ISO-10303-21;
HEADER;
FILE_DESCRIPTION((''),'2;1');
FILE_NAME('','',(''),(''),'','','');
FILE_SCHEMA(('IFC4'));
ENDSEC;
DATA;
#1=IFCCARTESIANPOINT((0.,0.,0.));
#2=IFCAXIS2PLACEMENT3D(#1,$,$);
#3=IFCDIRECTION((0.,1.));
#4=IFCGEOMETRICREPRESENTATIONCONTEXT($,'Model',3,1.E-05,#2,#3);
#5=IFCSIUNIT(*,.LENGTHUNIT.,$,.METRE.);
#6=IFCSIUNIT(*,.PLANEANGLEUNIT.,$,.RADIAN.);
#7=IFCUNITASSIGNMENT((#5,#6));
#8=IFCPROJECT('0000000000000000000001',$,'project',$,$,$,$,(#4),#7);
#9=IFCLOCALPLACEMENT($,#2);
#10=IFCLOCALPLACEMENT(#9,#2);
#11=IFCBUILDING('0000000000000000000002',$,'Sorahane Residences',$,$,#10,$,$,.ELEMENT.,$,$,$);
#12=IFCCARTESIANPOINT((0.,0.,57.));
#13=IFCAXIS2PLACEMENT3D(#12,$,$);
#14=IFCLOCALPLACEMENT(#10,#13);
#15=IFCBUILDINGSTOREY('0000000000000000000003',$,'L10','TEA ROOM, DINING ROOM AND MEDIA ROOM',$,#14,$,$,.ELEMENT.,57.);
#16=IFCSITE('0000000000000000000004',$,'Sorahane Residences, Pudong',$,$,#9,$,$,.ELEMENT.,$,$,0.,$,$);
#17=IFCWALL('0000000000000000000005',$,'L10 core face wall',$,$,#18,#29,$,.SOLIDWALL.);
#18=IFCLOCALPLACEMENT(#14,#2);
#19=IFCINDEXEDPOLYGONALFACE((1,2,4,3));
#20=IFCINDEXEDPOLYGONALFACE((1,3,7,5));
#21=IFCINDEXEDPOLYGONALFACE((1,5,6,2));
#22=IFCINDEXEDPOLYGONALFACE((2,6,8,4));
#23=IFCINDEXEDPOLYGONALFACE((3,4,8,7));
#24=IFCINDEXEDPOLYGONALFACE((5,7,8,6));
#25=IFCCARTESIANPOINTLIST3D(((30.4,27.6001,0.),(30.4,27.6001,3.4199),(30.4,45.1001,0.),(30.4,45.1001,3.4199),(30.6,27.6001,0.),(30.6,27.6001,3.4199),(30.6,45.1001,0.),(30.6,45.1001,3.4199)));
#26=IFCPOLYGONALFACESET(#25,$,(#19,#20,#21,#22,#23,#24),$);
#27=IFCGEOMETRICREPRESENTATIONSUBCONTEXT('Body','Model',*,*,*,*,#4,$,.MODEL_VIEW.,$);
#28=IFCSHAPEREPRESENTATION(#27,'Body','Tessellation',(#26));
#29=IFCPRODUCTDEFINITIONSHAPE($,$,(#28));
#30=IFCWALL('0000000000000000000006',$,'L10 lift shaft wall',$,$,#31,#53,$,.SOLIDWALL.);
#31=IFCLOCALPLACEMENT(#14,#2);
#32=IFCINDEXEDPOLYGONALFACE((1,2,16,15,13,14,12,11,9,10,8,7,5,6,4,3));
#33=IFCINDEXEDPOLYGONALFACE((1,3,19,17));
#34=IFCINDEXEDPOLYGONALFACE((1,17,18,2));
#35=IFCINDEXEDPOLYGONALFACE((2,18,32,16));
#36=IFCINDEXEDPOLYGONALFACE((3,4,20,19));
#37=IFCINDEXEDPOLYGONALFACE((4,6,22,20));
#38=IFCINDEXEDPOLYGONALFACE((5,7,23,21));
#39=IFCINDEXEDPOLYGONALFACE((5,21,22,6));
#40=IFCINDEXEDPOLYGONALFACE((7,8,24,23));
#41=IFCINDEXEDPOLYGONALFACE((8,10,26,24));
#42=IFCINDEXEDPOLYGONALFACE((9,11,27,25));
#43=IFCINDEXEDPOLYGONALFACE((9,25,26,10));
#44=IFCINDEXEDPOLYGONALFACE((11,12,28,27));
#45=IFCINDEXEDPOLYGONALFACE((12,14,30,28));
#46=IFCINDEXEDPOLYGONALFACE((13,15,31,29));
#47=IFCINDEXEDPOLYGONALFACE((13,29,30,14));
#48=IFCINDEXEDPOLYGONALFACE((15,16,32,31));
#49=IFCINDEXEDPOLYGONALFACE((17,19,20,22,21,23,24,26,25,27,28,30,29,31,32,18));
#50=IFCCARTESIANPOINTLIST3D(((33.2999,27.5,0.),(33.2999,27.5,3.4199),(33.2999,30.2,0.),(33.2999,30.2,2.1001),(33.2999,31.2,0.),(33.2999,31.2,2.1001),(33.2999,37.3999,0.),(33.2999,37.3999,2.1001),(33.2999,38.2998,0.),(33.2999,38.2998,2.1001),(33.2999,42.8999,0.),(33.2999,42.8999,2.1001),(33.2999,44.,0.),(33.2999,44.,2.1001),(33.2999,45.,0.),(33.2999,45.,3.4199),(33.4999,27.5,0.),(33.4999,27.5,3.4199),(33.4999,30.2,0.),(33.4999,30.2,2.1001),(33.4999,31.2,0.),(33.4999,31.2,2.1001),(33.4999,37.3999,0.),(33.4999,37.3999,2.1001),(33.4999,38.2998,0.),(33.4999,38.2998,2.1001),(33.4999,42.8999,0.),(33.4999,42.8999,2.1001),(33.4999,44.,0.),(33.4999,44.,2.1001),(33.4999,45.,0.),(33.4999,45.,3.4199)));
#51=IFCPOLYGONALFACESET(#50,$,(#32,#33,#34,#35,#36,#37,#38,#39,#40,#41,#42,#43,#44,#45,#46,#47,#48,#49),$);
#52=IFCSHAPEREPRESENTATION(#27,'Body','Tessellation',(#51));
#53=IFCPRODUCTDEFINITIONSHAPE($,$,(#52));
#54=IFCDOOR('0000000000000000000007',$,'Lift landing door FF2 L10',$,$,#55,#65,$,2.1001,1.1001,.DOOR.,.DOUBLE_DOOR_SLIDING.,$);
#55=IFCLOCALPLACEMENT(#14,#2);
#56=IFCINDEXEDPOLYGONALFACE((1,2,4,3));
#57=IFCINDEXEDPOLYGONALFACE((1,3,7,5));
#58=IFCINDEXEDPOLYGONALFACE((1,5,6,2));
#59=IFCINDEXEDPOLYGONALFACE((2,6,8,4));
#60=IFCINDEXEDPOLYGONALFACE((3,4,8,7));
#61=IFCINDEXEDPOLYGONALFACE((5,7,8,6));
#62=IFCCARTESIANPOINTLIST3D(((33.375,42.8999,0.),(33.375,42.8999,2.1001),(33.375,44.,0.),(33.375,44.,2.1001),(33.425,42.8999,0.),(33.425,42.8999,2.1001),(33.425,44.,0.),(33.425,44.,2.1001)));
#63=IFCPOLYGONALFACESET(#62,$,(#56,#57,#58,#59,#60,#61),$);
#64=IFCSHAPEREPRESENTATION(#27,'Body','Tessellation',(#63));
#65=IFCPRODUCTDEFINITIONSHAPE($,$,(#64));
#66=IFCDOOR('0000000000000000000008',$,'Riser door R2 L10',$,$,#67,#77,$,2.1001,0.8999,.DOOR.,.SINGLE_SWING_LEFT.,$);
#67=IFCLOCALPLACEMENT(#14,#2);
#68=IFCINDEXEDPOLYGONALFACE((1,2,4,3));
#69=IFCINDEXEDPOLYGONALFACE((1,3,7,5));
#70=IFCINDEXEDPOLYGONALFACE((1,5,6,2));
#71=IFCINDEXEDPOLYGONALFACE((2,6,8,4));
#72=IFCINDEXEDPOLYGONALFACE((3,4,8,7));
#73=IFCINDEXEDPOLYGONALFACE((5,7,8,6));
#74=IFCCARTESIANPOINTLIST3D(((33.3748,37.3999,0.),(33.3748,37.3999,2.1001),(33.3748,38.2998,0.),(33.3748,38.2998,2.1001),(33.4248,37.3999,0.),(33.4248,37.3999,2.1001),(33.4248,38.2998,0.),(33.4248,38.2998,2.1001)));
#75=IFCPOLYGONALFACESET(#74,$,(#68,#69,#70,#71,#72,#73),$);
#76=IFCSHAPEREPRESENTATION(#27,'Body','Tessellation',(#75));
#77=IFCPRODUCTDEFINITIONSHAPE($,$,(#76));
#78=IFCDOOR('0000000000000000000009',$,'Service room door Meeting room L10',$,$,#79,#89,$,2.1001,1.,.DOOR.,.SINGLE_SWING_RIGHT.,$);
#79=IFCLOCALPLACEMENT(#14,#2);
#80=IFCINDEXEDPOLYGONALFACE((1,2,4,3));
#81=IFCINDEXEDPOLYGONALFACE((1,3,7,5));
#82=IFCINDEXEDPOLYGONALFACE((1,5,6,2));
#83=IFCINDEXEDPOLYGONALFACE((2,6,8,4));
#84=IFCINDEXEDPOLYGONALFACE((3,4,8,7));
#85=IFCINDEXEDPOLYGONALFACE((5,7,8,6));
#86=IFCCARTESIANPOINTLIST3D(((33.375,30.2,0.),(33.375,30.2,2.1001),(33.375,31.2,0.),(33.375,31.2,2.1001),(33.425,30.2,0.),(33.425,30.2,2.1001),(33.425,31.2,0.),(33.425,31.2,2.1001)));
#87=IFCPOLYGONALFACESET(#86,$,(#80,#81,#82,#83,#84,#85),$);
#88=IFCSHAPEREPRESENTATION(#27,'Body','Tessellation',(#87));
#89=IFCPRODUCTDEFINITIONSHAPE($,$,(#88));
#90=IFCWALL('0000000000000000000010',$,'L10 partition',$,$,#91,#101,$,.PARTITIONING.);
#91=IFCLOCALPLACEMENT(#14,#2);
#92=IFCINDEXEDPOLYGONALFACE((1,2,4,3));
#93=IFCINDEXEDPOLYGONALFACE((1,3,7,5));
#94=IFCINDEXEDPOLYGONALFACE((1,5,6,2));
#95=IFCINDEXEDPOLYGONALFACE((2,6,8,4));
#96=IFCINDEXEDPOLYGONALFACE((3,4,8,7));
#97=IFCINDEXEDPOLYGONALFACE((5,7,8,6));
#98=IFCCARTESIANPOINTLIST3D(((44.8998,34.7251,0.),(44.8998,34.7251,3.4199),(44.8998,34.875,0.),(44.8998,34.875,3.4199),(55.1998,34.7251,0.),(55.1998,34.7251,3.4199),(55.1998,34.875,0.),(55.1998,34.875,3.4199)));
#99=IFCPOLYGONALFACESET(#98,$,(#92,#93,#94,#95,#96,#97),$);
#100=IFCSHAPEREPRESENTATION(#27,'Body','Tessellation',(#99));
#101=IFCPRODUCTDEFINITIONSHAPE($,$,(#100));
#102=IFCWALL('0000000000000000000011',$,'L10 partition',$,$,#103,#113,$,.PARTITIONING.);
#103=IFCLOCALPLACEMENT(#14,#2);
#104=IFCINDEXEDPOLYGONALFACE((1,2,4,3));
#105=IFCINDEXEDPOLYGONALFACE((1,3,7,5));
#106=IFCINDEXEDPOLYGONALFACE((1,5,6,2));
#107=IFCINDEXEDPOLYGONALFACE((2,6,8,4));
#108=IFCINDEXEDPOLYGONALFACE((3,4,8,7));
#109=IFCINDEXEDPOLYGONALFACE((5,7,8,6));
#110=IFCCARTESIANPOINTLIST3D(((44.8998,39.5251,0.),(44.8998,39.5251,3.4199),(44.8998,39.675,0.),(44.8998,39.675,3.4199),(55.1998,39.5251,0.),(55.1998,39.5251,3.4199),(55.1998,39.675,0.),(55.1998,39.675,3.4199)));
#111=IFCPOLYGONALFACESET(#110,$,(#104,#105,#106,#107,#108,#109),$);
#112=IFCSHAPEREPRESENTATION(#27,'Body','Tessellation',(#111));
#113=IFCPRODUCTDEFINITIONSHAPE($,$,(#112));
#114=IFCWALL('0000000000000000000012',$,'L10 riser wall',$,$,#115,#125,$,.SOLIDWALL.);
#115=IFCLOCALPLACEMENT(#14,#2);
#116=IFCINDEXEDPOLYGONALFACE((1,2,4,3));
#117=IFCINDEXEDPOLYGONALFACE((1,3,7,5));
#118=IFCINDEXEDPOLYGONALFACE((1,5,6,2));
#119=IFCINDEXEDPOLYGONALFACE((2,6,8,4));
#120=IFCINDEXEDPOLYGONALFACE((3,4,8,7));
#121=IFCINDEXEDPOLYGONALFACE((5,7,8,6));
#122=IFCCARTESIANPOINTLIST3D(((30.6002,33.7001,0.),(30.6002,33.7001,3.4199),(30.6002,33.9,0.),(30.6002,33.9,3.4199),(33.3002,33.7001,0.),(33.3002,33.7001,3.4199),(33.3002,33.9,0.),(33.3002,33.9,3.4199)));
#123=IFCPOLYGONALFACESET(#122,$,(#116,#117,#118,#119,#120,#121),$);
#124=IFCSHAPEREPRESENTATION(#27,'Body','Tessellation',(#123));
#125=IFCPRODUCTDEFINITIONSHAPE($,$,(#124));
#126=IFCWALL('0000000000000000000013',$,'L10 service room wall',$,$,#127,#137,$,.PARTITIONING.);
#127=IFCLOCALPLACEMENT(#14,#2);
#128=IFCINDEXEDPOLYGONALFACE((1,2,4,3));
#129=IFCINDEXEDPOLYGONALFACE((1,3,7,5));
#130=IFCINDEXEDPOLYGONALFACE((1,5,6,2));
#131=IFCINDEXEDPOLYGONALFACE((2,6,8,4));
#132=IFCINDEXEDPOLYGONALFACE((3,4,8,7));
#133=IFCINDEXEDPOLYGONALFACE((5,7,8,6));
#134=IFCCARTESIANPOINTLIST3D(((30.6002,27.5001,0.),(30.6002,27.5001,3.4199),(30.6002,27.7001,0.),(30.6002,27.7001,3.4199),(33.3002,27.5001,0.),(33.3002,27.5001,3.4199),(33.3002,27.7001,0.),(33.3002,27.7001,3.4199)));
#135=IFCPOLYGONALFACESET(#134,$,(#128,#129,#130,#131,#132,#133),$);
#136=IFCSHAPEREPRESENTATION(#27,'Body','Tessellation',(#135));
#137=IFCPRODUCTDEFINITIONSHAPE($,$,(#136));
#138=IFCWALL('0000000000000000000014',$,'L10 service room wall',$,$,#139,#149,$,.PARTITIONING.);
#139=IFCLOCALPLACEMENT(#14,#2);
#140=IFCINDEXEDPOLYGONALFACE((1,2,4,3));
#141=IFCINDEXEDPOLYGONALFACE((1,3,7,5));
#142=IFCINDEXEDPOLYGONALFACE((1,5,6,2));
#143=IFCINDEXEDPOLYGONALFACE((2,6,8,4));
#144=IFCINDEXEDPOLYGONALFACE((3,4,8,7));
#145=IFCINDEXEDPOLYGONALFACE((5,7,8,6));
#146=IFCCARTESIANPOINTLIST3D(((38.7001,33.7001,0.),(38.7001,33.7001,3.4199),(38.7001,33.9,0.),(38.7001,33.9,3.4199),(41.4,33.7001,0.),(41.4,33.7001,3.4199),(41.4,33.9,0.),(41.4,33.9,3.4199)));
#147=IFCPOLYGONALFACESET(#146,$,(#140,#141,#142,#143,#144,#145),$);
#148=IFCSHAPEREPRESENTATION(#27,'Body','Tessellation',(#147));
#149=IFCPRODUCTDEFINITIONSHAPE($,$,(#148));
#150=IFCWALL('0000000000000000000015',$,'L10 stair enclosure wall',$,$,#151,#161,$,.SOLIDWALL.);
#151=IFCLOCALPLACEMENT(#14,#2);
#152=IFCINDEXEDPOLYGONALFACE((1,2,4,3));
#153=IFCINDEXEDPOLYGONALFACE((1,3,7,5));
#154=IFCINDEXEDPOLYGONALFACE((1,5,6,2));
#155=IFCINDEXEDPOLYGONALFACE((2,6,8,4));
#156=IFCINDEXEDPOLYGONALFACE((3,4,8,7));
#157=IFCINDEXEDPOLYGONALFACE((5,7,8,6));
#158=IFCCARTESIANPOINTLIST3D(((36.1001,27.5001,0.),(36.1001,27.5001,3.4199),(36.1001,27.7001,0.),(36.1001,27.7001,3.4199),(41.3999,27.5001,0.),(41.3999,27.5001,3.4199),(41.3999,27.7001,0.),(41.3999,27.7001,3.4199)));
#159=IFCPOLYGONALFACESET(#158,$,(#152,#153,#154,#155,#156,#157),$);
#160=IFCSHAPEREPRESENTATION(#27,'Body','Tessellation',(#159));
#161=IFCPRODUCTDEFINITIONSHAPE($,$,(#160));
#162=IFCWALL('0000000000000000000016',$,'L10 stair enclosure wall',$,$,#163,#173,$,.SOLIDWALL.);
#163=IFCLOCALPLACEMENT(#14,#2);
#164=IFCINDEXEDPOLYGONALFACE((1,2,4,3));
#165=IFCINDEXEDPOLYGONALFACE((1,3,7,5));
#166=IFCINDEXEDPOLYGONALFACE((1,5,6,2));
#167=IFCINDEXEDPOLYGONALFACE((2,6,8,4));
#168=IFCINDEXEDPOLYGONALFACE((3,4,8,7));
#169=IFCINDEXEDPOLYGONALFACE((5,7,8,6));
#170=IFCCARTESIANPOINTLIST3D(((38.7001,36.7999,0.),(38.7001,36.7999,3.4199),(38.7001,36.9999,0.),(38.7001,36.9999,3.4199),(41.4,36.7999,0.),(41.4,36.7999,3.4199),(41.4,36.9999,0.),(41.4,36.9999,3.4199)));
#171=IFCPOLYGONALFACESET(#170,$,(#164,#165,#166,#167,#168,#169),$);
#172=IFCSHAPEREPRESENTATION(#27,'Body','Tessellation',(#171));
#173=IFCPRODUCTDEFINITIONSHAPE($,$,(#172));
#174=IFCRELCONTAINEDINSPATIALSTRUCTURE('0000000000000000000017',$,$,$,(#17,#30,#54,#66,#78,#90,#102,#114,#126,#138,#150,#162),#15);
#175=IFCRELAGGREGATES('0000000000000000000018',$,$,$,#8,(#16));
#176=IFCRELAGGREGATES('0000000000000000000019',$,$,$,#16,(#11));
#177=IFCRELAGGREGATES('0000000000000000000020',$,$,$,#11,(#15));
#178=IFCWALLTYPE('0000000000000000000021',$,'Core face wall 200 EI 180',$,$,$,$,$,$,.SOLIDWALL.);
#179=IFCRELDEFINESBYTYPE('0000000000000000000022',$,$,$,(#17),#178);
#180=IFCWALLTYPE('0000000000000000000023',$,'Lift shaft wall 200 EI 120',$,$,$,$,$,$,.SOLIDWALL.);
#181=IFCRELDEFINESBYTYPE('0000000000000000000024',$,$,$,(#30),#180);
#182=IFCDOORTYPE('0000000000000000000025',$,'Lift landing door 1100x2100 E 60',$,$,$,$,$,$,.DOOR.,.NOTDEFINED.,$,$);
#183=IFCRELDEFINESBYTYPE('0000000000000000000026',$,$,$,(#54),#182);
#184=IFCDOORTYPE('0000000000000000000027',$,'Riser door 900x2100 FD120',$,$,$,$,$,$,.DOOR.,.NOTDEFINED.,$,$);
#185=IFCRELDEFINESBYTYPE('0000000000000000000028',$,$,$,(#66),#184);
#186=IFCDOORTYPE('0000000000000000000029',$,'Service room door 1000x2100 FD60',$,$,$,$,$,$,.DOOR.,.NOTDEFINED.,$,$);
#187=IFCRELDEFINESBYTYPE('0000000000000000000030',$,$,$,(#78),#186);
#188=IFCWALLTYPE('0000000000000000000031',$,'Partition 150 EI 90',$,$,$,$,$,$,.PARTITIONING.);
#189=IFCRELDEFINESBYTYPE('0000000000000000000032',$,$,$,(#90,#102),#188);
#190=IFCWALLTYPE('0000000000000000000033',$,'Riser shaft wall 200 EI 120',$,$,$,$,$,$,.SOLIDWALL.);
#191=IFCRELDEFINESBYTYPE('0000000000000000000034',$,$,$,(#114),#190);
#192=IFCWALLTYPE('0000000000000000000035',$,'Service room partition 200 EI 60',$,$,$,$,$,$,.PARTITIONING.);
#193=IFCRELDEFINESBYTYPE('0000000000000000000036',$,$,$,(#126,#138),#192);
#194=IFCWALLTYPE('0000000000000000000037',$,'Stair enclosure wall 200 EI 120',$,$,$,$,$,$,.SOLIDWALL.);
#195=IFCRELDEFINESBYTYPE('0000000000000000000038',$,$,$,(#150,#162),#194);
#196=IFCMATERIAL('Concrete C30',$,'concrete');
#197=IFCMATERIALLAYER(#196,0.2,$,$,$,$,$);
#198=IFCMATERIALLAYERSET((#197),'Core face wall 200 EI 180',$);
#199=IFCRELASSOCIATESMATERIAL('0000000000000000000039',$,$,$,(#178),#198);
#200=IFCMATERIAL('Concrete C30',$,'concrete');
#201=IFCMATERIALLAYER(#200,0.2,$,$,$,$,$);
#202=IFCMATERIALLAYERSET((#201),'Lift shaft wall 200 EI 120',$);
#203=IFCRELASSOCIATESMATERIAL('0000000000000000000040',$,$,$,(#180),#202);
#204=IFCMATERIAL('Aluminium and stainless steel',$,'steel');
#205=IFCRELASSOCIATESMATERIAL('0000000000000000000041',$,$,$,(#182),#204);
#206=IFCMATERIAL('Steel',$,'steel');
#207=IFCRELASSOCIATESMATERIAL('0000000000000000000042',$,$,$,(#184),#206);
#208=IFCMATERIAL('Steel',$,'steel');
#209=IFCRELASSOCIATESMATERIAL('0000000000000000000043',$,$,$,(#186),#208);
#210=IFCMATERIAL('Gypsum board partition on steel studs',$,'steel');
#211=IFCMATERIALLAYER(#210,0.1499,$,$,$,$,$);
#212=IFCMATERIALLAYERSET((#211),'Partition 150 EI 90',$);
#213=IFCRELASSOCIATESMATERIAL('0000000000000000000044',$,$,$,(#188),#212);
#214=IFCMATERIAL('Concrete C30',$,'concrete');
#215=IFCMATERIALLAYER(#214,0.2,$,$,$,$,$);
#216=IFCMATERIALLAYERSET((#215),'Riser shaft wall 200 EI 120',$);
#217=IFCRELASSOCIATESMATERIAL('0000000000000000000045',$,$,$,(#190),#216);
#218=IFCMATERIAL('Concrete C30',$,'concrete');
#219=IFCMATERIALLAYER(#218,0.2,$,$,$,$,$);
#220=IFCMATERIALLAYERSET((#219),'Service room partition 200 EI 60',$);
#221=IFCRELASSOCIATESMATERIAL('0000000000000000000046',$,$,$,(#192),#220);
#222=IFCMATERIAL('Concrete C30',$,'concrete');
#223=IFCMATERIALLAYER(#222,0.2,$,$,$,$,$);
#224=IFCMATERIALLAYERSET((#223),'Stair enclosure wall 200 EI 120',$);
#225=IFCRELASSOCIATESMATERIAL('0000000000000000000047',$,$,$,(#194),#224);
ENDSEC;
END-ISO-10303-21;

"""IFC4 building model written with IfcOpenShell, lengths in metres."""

from ifc_helpers import new_model, si_unit, direction, frame, frame_2d, origin, place, context, subcontext, project, spatial, rectangle, extrude, material, layer, layer_set, type_object, element, fill, save


model = new_model("IFC4")

# Units and contexts
model_context = context("Model", 3, precision=1e-05, world=origin(), true_north=direction((0.0, 1.0)))
body_context = subcontext(model_context, "Body", "Model", "MODEL_VIEW")
ifc_project = project(units=[si_unit("LENGTHUNIT", "METRE"), si_unit("PLANEANGLEUNIT", "RADIAN")], contexts=[model_context])

# Site, building, storey
site_placement = place(None, origin())
site = spatial("IfcSite", under=ifc_project, at=site_placement, Name="Sorahane Residences, Pudong", CompositionType="ELEMENT", RefElevation=0.0)
building_placement = place(site_placement, origin())
building = spatial("IfcBuilding", under=site, at=building_placement, Name="Sorahane Residences", CompositionType="ELEMENT")
storey_placement = place(building_placement, frame((0.0, 0.0, 57.0)))
storey = spatial("IfcBuildingStorey", under=building, at=storey_placement, Name="L10", Description="TEA ROOM, DINING ROOM AND MEDIA ROOM", CompositionType="ELEMENT", Elevation=57.0)

# Wall
ifc_material_1 = material(Name="Concrete C30", Category="concrete")
ifc_layer_1 = layer(ifc_material_1, 0.2)
ifc_layer_set_1 = layer_set([ifc_layer_1], Name="Core face wall 200 EI 180")
wall_type_1 = type_object("IfcWallType", Name="Core face wall 200 EI 180", PredefinedType="SOLIDWALL", material=ifc_layer_set_1)
wall_1_placement = place(storey_placement, frame((30.5, 27.6001, 0.0), z_axis=(0.0, 0.0, 1.0), x_axis=(0.0, 1.0, 0.0)))
element("IfcWall", 1, at=wall_1_placement, inside=storey, type_object=wall_type_1, Name="L10 core face wall", PredefinedType="SOLIDWALL", context=body_context, shape_type="SweptSolid", body=[
    extrude(rectangle(XDim=17.5, YDim=0.2, at=frame_2d((8.75, 0.0))), origin(), (0.0, 0.0, 1.0), 3.4199),
])

# Wall, openings, doors
ifc_material_2 = material(Name="Concrete C30", Category="concrete")
ifc_layer_2 = layer(ifc_material_2, 0.2)
ifc_layer_set_2 = layer_set([ifc_layer_2], Name="Lift shaft wall 200 EI 120")
wall_type_2 = type_object("IfcWallType", Name="Lift shaft wall 200 EI 120", PredefinedType="SOLIDWALL", material=ifc_layer_set_2)
wall_2_placement = place(storey_placement, frame((33.3999, 27.5, 0.0), z_axis=(0.0, 0.0, 1.0), x_axis=(0.0, 1.0, 0.0)))
wall_2 = element("IfcWall", 2, at=wall_2_placement, inside=storey, type_object=wall_type_2, Name="L10 lift shaft wall", PredefinedType="SOLIDWALL", context=body_context, shape_type="SweptSolid", body=[
    extrude(rectangle(XDim=17.5, YDim=0.2, at=frame_2d((8.75, 0.0))), origin(), (0.0, 0.0, 1.0), 3.4199),
])
opening_1_placement = place(wall_2_placement, frame((15.3999, 0.0, 0.0)))
opening_1 = element("IfcOpeningElement", 3, at=opening_1_placement, cuts=wall_2, PredefinedType="OPENING", context=body_context, shape_type="SweptSolid", body=[
    extrude(rectangle(XDim=1.1001, YDim=2.1001, at=frame_2d((0.55, 1.05))), frame((0.0, 0.1099, 0.0), z_axis=(0.0, -1.0, 0.0), x_axis=(1.0, 0.0, 0.0)), (0.0, 0.0, 1.0), 0.22),
])
opening_2_placement = place(wall_2_placement, frame((2.7, 0.0, 0.0)))
opening_2 = element("IfcOpeningElement", 4, at=opening_2_placement, cuts=wall_2, PredefinedType="OPENING", context=body_context, shape_type="SweptSolid", body=[
    extrude(rectangle(XDim=1.0, YDim=2.1001, at=frame_2d((0.5, 1.05))), frame((0.0, 0.1099, 0.0), z_axis=(0.0, -1.0, 0.0), x_axis=(1.0, 0.0, 0.0)), (0.0, 0.0, 1.0), 0.22),
])
opening_3_placement = place(wall_2_placement, frame((9.8999, 0.0, 0.0)))
opening_3 = element("IfcOpeningElement", 5, at=opening_3_placement, cuts=wall_2, PredefinedType="OPENING", context=body_context, shape_type="SweptSolid", body=[
    extrude(rectangle(XDim=0.8999, YDim=2.1001, at=frame_2d((0.45, 1.05))), frame((0.0, 0.1099, 0.0), z_axis=(0.0, -1.0, 0.0), x_axis=(1.0, 0.0, 0.0)), (0.0, 0.0, 1.0), 0.22),
])
ifc_material_3 = material(Name="Aluminium and stainless steel", Category="steel")
door_type_1 = type_object("IfcDoorType", Name="Lift landing door 1100x2100 E 60", OperationType="NOTDEFINED", PredefinedType="DOOR", material=ifc_material_3)
door_1_placement = place(opening_1_placement, origin())
door_1 = element("IfcDoor", 6, at=door_1_placement, inside=storey, type_object=door_type_1, Name="Lift landing door FF2 L10", OperationType="DOUBLE_DOOR_SLIDING", OverallHeight=2.1001, OverallWidth=1.1001, PredefinedType="DOOR", context=body_context, shape_type="SweptSolid", body=[
    extrude(rectangle(XDim=1.1001, YDim=2.1001, at=frame_2d((0.55, 1.05))), frame((0.0, 0.0249, 0.0), z_axis=(0.0, -1.0, 0.0), x_axis=(1.0, 0.0, 0.0)), (0.0, 0.0, 1.0), 0.05),
])
fill(opening_1, door_1)
ifc_material_4 = material(Name="Steel", Category="steel")
door_type_2 = type_object("IfcDoorType", Name="Riser door 900x2100 FD120", OperationType="NOTDEFINED", PredefinedType="DOOR", material=ifc_material_4)
door_2_placement = place(opening_3_placement, frame((0.8999, 0.0, 0.0), z_axis=(0.0, 0.0, 1.0), x_axis=(-1.0, 0.0, 0.0)))
door_2 = element("IfcDoor", 7, at=door_2_placement, inside=storey, type_object=door_type_2, Name="Riser door R2 L10", OperationType="SINGLE_SWING_LEFT", OverallHeight=2.1001, OverallWidth=0.8999, PredefinedType="DOOR", context=body_context, shape_type="SweptSolid", body=[
    extrude(rectangle(XDim=0.8999, YDim=2.1001, at=frame_2d((0.45, 1.05))), frame((0.0, 0.0249, 0.0), z_axis=(0.0, -1.0, 0.0), x_axis=(1.0, 0.0, 0.0)), (0.0, 0.0, 1.0), 0.05),
])
fill(opening_3, door_2)
ifc_material_5 = material(Name="Steel", Category="steel")
door_type_3 = type_object("IfcDoorType", Name="Service room door 1000x2100 FD60", OperationType="NOTDEFINED", PredefinedType="DOOR", material=ifc_material_5)
door_3_placement = place(opening_2_placement, origin())
door_3 = element("IfcDoor", 8, at=door_3_placement, inside=storey, type_object=door_type_3, Name="Service room door Meeting room L10", OperationType="SINGLE_SWING_RIGHT", OverallHeight=2.1001, OverallWidth=1.0, PredefinedType="DOOR", context=body_context, shape_type="SweptSolid", body=[
    extrude(rectangle(XDim=1.0, YDim=2.1001, at=frame_2d((0.5, 1.05))), frame((0.0, 0.0249, 0.0), z_axis=(0.0, -1.0, 0.0), x_axis=(1.0, 0.0, 0.0)), (0.0, 0.0, 1.0), 0.05),
])
fill(opening_2, door_3)

# Walls
ifc_material_6 = material(Name="Gypsum board partition on steel studs", Category="steel")
ifc_layer_3 = layer(ifc_material_6, 0.1499)
ifc_layer_set_3 = layer_set([ifc_layer_3], Name="Partition 150 EI 90")
wall_type_3 = type_object("IfcWallType", Name="Partition 150 EI 90", PredefinedType="PARTITIONING", material=ifc_layer_set_3)
for number, where, z_axis, x_axis, name in (
    (9, (44.8999, 34.8, 0.0), (0.0, 0.0, 1.0), (1.0, 0.0, 0.0), "L10 partition"),
    (10, (44.8999, 39.6001, 0.0), (0.0, 0.0, 1.0), (1.0, 0.0, 0.0), "L10 partition"),
):
    element("IfcWall", number, at=place(storey_placement, frame(where, z_axis=z_axis, x_axis=x_axis)), inside=storey, type_object=wall_type_3, Name=name, PredefinedType="PARTITIONING", context=body_context, shape_type="SweptSolid", body=[
        extrude(rectangle(XDim=10.3, YDim=0.1499, at=frame_2d((5.1499, 0.0))), origin(), (0.0, 0.0, 1.0), 3.4199),
    ])
ifc_material_7 = material(Name="Concrete C30", Category="concrete")
ifc_layer_4 = layer(ifc_material_7, 0.2)
ifc_layer_set_4 = layer_set([ifc_layer_4], Name="Riser shaft wall 200 EI 120")
wall_type_4 = type_object("IfcWallType", Name="Riser shaft wall 200 EI 120", PredefinedType="SOLIDWALL", material=ifc_layer_set_4)
wall_3_placement = place(storey_placement, frame((30.6001, 33.8, 0.0), z_axis=(0.0, 0.0, 1.0), x_axis=(1.0, 0.0, 0.0)))
element("IfcWall", 11, at=wall_3_placement, inside=storey, type_object=wall_type_4, Name="L10 riser wall", PredefinedType="SOLIDWALL", context=body_context, shape_type="SweptSolid", body=[
    extrude(rectangle(XDim=2.7, YDim=0.2, at=frame_2d((1.3501, 0.0))), origin(), (0.0, 0.0, 1.0), 3.4199),
])
ifc_material_8 = material(Name="Concrete C30", Category="concrete")
ifc_layer_5 = layer(ifc_material_8, 0.2)
ifc_layer_set_5 = layer_set([ifc_layer_5], Name="Service room partition 200 EI 60")
wall_type_5 = type_object("IfcWallType", Name="Service room partition 200 EI 60", PredefinedType="PARTITIONING", material=ifc_layer_set_5)
for number, where, z_axis, x_axis, name in (
    (12, (30.6001, 27.6001, 0.0), (0.0, 0.0, 1.0), (1.0, 0.0, 0.0), "L10 service room wall"),
    (13, (38.7, 33.8, 0.0), (0.0, 0.0, 1.0), (1.0, 0.0, 0.0), "L10 service room wall"),
):
    element("IfcWall", number, at=place(storey_placement, frame(where, z_axis=z_axis, x_axis=x_axis)), inside=storey, type_object=wall_type_5, Name=name, PredefinedType="PARTITIONING", context=body_context, shape_type="SweptSolid", body=[
        extrude(rectangle(XDim=2.7, YDim=0.2, at=frame_2d((1.3501, 0.0))), origin(), (0.0, 0.0, 1.0), 3.4199),
    ])
ifc_material_9 = material(Name="Concrete C30", Category="concrete")
ifc_layer_6 = layer(ifc_material_9, 0.2)
ifc_layer_set_6 = layer_set([ifc_layer_6], Name="Stair enclosure wall 200 EI 120")
wall_type_6 = type_object("IfcWallType", Name="Stair enclosure wall 200 EI 120", PredefinedType="SOLIDWALL", material=ifc_layer_set_6)
wall_4_placement = place(storey_placement, frame((36.1001, 27.6001, 0.0), z_axis=(0.0, 0.0, 1.0), x_axis=(1.0, 0.0, 0.0)))
element("IfcWall", 14, at=wall_4_placement, inside=storey, type_object=wall_type_6, Name="L10 stair enclosure wall", PredefinedType="SOLIDWALL", context=body_context, shape_type="SweptSolid", body=[
    extrude(rectangle(XDim=5.2998, YDim=0.2, at=frame_2d((2.6499, 0.0))), origin(), (0.0, 0.0, 1.0), 3.4199),
])
wall_5_placement = place(storey_placement, frame((38.7, 36.8999, 0.0), z_axis=(0.0, 0.0, 1.0), x_axis=(1.0, 0.0, 0.0)))
element("IfcWall", 15, at=wall_5_placement, inside=storey, type_object=wall_type_6, Name="L10 stair enclosure wall", PredefinedType="SOLIDWALL", context=body_context, shape_type="SweptSolid", body=[
    extrude(rectangle(XDim=2.7, YDim=0.2, at=frame_2d((1.3501, 0.0))), origin(), (0.0, 0.0, 1.0), 3.4199),
])

save(model, "model.ifc")
